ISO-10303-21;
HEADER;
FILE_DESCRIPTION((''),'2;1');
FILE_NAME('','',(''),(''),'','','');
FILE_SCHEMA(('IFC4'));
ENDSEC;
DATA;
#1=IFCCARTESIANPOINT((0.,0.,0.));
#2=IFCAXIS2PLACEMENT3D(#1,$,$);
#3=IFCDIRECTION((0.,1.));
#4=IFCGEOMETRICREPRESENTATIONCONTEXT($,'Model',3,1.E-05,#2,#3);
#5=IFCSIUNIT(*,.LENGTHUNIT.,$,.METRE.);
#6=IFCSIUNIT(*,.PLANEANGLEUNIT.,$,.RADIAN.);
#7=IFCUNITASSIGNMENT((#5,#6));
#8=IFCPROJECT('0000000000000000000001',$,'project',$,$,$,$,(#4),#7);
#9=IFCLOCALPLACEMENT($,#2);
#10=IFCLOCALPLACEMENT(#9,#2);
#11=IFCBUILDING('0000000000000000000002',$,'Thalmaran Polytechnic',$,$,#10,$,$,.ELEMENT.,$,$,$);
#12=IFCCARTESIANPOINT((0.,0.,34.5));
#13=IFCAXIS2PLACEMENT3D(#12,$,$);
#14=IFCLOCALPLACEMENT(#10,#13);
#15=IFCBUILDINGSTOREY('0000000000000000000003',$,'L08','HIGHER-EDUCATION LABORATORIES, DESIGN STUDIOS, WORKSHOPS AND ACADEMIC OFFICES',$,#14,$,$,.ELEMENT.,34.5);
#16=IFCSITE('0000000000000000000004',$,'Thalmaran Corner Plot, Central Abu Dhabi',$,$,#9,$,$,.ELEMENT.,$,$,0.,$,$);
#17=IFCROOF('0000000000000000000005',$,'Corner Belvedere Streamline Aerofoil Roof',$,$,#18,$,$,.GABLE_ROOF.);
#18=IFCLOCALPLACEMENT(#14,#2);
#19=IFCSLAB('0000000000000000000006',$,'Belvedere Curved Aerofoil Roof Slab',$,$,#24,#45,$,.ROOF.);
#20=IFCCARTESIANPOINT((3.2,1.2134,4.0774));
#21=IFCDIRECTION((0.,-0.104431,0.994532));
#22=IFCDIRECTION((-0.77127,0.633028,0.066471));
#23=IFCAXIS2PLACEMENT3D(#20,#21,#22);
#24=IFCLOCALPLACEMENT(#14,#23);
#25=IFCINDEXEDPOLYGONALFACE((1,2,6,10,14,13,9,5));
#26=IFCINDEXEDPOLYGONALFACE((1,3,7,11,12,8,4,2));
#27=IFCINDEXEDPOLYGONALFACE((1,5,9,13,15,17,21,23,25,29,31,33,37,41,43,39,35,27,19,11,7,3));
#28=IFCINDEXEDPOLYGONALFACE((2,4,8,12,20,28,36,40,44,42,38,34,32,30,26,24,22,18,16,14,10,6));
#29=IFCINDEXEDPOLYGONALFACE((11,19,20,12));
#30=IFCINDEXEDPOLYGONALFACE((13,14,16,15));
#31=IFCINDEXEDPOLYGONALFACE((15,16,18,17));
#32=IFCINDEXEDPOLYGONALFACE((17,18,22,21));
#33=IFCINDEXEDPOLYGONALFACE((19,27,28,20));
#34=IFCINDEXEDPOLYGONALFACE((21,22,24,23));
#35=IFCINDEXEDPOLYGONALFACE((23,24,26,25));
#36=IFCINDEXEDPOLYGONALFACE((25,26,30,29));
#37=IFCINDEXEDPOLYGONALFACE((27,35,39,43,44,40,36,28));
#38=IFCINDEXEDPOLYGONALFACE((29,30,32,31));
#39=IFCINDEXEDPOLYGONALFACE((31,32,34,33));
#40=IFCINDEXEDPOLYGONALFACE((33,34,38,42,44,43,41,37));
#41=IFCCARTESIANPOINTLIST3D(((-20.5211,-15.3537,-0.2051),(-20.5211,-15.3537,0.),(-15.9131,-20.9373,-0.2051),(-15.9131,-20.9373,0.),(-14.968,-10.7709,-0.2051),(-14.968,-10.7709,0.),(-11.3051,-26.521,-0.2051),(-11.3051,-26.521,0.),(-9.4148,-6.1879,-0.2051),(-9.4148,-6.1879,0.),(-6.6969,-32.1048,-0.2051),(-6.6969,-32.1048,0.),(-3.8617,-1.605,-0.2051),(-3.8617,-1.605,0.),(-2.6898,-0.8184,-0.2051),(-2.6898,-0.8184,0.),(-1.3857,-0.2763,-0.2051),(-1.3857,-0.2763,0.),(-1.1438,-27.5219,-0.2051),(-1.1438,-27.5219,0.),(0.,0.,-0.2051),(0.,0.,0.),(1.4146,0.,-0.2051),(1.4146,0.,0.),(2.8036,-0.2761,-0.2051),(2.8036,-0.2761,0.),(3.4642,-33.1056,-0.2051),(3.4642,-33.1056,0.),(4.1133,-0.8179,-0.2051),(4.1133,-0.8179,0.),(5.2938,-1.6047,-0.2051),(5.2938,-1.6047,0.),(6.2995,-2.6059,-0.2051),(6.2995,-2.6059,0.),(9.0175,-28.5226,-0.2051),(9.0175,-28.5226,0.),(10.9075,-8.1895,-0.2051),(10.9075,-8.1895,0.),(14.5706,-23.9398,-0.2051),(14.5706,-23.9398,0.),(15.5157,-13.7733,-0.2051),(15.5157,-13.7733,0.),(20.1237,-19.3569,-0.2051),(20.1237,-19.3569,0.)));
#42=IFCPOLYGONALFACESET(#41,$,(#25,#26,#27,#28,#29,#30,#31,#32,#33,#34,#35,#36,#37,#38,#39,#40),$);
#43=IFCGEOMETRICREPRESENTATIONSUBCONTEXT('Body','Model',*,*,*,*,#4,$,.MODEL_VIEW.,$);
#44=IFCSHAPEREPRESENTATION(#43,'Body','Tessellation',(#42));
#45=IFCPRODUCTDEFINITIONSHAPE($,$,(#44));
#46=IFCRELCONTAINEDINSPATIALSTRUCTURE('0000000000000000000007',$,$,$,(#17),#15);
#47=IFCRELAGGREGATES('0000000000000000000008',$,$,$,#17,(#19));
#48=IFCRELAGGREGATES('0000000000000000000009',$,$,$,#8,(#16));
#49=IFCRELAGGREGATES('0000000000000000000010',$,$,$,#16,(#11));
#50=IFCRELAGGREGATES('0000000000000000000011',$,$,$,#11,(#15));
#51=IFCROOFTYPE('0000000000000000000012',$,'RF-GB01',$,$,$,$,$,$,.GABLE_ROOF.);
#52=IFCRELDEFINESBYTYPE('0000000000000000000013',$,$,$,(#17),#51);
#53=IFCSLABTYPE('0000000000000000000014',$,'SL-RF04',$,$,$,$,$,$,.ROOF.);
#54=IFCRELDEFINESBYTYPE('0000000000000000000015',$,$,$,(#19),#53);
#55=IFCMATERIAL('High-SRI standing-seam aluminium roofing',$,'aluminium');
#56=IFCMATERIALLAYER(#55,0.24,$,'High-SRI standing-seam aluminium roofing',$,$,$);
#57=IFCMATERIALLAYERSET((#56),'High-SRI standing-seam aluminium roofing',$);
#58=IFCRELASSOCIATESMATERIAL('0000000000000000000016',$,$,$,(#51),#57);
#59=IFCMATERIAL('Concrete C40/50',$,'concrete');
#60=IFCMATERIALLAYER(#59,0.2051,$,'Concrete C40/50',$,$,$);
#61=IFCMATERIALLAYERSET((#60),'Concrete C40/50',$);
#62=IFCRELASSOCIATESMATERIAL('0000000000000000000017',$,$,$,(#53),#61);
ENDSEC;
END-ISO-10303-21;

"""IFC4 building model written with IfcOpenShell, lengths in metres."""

from ifc_helpers import new_model, si_unit, direction, frame, origin, place, context, subcontext, project, spatial, polyline, outline, extrude, material, layer, layer_set, type_object, element, aggregate, save


model = new_model("IFC4")

# Units and contexts
model_context = context("Model", 3, precision=1e-05, world=origin(), true_north=direction((0.0, 1.0)))
body_context = subcontext(model_context, "Body", "Model", "MODEL_VIEW")
ifc_project = project(units=[si_unit("LENGTHUNIT", "METRE"), si_unit("PLANEANGLEUNIT", "RADIAN")], contexts=[model_context])

# Site, building, storey
site_placement = place(None, origin())
site = spatial("IfcSite", under=ifc_project, at=site_placement, Name="Thalmaran Corner Plot, Central Abu Dhabi", CompositionType="ELEMENT", RefElevation=0.0)
building_placement = place(site_placement, origin())
building = spatial("IfcBuilding", under=site, at=building_placement, Name="Thalmaran Polytechnic", CompositionType="ELEMENT")
storey_placement = place(building_placement, frame((0.0, 0.0, 34.5)))
storey = spatial("IfcBuildingStorey", under=building, at=storey_placement, Name="L08", Description="HIGHER-EDUCATION LABORATORIES, DESIGN STUDIOS, WORKSHOPS AND ACADEMIC OFFICES", CompositionType="ELEMENT", Elevation=34.5)

# Shared definitions
ifc_material_1 = material(Name="Concrete C40/50", Category="concrete")

# Roof, slab
ifc_material_2 = material(Name="High-SRI standing-seam aluminium roofing", Category="aluminium")
ifc_layer_1 = layer(ifc_material_2, 0.24, Name="High-SRI standing-seam aluminium roofing")
ifc_layer_set_1 = layer_set([ifc_layer_1], Name="High-SRI standing-seam aluminium roofing")
roof_type = type_object("IfcRoofType", Name="RF-GB01", PredefinedType="GABLE_ROOF", material=ifc_layer_set_1)
roof_placement = place(storey_placement, origin())
roof = element("IfcRoof", 1, at=roof_placement, inside=storey, type_object=roof_type, Name="Corner Belvedere Streamline Aerofoil Roof", PredefinedType="GABLE_ROOF")
ifc_layer_2 = layer(ifc_material_1, 0.2051, Name="Concrete C40/50")
ifc_layer_set_2 = layer_set([ifc_layer_2], Name="Concrete C40/50")
slab_type_1 = type_object("IfcSlabType", Name="SL-RF04", PredefinedType="ROOF", material=ifc_layer_set_2)
slab_1_placement = place(storey_placement, frame((3.2, 1.2134, 4.0774), z_axis=(0.0, -0.104431, 0.994532), x_axis=(-0.77127, 0.633028, 0.066471)))
slab_1 = element("IfcSlab", 2, at=slab_1_placement, type_object=slab_type_1, Name="Belvedere Curved Aerofoil Roof Slab", PredefinedType="ROOF", context=body_context, shape_type="SweptSolid", body=[
    extrude(outline(polyline([(0.0, 0.0), (1.4146, 0.0), (2.8036, -0.2761), (4.1133, -0.8179), (5.2938, -1.6047), (6.2995, -2.6059), (10.9075, -8.1895), (15.5157, -13.7733), (20.1237, -19.3569), (14.5706, -23.9398), (9.0175, -28.5226), (3.4642, -33.1056), (-1.1438, -27.5219), (-6.6969, -32.1048), (-11.3051, -26.521), (-15.9131, -20.9373), (-20.5211, -15.3537), (-14.968, -10.7709), (-9.4148, -6.1879), (-3.8617, -1.605), (-2.6898, -0.8184), (-1.3857, -0.2763), (0.0, 0.0)])), origin(), (0.0, 0.0, -1.0), 0.2051),
])
aggregate(roof, [slab_1])

save(model, "model.ifc")
